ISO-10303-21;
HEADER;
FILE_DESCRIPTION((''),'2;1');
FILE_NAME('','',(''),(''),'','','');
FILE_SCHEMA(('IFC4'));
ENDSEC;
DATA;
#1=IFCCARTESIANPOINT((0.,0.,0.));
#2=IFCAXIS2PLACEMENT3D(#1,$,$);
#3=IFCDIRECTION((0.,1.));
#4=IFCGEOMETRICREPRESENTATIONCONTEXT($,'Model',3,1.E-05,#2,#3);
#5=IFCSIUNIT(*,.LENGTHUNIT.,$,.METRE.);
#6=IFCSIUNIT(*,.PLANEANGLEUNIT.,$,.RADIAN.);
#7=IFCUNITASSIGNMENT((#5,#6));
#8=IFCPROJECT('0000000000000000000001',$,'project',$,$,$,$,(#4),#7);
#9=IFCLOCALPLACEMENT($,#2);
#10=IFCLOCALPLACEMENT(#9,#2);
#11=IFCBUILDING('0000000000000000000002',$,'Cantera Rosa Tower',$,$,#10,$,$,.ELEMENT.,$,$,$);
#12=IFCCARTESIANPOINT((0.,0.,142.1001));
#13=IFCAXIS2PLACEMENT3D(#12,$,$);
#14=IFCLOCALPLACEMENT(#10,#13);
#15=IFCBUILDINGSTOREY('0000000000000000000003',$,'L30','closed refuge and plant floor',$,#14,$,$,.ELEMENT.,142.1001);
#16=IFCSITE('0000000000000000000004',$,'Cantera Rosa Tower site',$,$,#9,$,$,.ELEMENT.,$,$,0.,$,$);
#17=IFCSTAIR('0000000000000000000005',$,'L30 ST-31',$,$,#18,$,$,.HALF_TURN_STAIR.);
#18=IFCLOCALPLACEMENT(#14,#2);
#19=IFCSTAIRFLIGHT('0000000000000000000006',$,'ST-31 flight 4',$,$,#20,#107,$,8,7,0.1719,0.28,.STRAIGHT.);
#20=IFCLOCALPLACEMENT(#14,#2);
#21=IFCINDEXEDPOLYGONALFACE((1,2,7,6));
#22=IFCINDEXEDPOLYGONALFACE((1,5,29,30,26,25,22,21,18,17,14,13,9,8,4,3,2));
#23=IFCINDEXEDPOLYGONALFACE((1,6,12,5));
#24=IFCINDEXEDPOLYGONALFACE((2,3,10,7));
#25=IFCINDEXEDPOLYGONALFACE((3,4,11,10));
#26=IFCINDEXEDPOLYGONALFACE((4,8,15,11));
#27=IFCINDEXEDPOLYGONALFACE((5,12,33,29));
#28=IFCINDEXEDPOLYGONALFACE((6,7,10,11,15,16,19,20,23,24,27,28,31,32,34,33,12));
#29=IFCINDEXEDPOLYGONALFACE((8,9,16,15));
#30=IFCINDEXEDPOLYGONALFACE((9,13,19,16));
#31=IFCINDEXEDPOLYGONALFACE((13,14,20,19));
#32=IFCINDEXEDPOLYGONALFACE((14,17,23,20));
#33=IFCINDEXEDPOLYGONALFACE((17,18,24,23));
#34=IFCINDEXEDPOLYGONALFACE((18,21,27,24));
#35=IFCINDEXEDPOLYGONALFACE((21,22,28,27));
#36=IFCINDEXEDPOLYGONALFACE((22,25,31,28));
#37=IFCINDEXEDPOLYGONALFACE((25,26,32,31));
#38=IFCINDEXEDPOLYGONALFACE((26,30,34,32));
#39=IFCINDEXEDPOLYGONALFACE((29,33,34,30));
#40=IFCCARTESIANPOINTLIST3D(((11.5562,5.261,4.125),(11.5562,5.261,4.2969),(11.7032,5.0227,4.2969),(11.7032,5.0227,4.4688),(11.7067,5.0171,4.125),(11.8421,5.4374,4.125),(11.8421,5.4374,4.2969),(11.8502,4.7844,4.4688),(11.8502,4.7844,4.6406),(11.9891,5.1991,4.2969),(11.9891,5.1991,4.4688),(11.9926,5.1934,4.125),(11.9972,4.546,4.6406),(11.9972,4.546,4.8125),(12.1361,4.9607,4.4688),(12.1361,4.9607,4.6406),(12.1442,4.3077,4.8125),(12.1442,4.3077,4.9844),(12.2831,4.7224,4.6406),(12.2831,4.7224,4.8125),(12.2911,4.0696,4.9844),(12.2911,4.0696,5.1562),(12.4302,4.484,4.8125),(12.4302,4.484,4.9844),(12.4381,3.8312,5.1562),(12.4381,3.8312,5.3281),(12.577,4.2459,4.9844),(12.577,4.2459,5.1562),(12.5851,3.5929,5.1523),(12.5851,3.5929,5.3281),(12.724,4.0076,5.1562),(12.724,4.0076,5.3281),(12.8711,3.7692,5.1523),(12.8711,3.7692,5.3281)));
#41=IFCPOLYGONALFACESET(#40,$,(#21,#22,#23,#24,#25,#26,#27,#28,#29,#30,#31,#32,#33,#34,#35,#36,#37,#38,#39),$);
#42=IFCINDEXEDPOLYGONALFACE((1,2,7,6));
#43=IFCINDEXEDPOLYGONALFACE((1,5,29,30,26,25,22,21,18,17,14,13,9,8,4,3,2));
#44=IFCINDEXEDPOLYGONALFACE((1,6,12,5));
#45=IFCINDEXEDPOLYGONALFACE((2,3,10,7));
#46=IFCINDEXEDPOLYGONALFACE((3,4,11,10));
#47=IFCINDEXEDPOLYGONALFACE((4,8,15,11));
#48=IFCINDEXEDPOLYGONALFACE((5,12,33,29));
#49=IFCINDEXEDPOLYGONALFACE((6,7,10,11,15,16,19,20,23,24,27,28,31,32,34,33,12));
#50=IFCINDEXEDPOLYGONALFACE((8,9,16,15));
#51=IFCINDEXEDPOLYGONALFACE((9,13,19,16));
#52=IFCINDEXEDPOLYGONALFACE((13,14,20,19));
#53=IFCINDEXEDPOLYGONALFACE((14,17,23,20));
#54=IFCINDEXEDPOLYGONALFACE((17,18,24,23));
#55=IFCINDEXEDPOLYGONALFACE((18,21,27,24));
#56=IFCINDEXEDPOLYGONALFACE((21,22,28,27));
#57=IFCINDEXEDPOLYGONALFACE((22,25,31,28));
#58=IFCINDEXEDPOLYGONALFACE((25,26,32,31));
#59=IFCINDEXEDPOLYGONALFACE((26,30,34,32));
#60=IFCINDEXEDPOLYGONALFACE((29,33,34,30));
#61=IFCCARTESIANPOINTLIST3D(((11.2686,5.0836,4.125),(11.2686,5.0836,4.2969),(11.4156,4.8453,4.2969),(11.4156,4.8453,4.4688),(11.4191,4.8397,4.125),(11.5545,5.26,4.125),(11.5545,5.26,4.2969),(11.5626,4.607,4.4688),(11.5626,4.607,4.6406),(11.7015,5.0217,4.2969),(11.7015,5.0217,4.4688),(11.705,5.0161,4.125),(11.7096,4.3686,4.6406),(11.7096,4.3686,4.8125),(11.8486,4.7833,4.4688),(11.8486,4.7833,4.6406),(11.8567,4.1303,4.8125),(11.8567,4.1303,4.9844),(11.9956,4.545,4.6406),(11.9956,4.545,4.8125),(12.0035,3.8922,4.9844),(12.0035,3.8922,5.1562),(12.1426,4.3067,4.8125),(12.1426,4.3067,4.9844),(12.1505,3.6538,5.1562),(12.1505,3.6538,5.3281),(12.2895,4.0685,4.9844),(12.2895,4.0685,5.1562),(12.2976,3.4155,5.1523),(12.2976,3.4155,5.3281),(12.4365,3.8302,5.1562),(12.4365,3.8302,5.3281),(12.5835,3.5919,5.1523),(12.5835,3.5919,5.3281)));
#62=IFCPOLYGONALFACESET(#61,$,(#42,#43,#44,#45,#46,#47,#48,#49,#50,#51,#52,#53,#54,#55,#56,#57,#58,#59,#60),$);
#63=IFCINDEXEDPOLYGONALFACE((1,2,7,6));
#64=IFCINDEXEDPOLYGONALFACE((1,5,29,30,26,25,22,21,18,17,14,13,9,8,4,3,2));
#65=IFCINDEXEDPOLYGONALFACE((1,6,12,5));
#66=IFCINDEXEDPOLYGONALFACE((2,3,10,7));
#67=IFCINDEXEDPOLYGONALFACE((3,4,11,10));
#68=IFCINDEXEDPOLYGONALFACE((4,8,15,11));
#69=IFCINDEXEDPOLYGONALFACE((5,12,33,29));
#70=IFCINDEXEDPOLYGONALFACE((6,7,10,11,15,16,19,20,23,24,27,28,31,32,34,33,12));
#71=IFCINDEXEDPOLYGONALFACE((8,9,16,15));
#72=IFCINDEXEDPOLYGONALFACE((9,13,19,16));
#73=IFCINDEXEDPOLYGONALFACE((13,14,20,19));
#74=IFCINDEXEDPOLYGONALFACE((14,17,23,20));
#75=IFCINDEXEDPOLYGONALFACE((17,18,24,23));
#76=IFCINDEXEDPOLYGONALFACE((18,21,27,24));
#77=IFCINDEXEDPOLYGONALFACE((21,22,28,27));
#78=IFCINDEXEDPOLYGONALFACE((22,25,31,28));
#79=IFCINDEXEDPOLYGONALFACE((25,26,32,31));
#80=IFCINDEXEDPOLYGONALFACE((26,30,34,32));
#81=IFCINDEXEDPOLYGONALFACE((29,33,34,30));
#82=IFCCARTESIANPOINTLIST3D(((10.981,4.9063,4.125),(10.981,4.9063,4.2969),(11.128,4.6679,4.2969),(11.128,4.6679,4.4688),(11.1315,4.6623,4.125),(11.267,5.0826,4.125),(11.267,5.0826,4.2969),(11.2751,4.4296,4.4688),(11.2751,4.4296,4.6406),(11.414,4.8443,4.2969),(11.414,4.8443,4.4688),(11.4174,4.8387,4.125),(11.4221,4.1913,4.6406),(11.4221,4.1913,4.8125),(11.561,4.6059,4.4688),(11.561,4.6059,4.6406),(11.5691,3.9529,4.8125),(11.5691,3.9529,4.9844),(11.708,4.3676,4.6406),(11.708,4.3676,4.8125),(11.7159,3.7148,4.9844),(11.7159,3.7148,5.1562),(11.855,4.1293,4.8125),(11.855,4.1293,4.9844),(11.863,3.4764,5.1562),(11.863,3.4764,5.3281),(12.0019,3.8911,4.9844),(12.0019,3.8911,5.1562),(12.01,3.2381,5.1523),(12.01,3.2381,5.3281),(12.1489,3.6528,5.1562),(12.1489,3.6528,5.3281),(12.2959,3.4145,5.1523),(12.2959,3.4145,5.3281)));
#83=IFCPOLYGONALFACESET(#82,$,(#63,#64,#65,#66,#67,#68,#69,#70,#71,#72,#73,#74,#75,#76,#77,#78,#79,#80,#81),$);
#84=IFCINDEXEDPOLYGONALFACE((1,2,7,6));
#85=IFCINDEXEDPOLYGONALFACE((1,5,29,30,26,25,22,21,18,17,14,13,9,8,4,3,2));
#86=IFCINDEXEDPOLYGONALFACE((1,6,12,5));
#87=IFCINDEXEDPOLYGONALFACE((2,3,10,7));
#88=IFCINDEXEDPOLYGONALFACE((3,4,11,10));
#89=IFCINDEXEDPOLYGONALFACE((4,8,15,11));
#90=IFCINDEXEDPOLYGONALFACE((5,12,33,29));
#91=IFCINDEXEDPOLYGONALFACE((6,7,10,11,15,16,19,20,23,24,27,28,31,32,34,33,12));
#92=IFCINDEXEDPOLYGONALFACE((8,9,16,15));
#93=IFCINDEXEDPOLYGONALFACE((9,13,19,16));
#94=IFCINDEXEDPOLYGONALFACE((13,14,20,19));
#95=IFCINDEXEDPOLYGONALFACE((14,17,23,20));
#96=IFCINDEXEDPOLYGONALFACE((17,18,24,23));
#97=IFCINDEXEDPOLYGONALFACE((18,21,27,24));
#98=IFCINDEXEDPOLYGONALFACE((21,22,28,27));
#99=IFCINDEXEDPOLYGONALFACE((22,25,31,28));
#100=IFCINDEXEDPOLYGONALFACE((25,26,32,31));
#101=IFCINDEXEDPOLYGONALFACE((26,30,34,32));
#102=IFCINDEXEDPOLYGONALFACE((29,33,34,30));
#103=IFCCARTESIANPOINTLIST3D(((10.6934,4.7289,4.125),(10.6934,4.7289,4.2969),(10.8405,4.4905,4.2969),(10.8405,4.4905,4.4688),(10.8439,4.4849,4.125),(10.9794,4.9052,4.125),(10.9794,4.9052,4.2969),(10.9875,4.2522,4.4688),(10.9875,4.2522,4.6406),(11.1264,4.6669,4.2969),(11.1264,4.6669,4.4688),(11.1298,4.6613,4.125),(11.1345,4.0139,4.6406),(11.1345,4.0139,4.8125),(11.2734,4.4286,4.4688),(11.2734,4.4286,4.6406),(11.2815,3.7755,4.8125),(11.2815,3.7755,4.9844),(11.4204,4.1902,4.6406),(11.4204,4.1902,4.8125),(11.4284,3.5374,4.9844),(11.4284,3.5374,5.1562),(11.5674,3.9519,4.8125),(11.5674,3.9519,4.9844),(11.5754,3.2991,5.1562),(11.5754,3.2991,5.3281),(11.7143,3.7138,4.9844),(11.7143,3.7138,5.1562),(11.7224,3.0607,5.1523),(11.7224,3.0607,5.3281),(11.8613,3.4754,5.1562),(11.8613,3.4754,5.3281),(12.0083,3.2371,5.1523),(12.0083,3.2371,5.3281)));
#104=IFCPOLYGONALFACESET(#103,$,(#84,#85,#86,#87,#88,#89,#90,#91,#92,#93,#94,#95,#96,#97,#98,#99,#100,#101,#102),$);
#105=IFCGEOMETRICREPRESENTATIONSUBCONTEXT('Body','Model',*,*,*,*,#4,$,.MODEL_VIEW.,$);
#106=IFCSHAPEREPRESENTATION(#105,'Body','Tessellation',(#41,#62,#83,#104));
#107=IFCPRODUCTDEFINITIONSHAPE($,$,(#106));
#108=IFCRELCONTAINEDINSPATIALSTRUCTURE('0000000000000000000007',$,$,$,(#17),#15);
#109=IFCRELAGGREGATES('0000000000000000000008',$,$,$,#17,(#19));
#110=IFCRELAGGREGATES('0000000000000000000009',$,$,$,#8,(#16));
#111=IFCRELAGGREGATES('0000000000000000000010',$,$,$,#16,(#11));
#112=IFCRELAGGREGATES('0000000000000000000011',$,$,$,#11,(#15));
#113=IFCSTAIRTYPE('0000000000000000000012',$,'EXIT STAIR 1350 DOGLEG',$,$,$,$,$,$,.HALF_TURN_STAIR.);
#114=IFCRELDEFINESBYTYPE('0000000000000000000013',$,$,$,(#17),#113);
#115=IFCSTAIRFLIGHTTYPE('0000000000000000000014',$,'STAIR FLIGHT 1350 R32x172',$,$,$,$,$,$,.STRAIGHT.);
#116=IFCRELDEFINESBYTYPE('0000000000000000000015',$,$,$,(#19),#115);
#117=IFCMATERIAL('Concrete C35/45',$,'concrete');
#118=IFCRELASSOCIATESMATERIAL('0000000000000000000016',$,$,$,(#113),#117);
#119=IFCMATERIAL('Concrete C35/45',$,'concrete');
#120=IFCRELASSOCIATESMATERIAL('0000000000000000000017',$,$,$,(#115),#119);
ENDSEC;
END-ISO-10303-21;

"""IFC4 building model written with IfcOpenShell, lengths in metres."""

from ifc_helpers import new_model, si_unit, direction, frame, origin, place, context, subcontext, project, spatial, polyline, outline, extrude, material, type_object, element, aggregate, save


model = new_model("IFC4")

# Units and contexts
model_context = context("Model", 3, precision=1e-05, world=origin(), true_north=direction((0.0, 1.0)))
body_context = subcontext(model_context, "Body", "Model", "MODEL_VIEW")
ifc_project = project(units=[si_unit("LENGTHUNIT", "METRE"), si_unit("PLANEANGLEUNIT", "RADIAN")], contexts=[model_context])

# Site, building, storey
site_placement = place(None, origin())
site = spatial("IfcSite", under=ifc_project, at=site_placement, Name="Cantera Rosa Tower site", CompositionType="ELEMENT", RefElevation=0.0)
building_placement = place(site_placement, origin())
building = spatial("IfcBuilding", under=site, at=building_placement, Name="Cantera Rosa Tower", CompositionType="ELEMENT")
storey_placement = place(building_placement, frame((0.0, 0.0, 142.1001)))
storey = spatial("IfcBuildingStorey", under=building, at=storey_placement, Name="L30", Description="closed refuge and plant floor", CompositionType="ELEMENT", Elevation=142.1001)

# Stair, stair flight
ifc_material_1 = material(Name="Concrete C35/45", Category="concrete")
stair_type = type_object("IfcStairType", Name="EXIT STAIR 1350 DOGLEG", PredefinedType="HALF_TURN_STAIR", material=ifc_material_1)
stair_1_placement = place(storey_placement, origin())
stair_1 = element("IfcStair", 1, at=stair_1_placement, inside=storey, type_object=stair_type, Name="L30 ST-31", PredefinedType="HALF_TURN_STAIR")
ifc_material_2 = material(Name="Concrete C35/45", Category="concrete")
stair_flight_type = type_object("IfcStairFlightType", Name="STAIR FLIGHT 1350 R32x172", PredefinedType="STRAIGHT", material=ifc_material_2)
stair_flight_1_placement = place(storey_placement, frame((11.2676, 5.083, 4.125), z_axis=(0.0, 0.0, 1.0), x_axis=(0.524977, -0.851117, 0.0)))
stair_flight_1 = element("IfcStairFlight", 2, at=stair_flight_1_placement, type_object=stair_flight_type, Name="ST-31 flight 4", NumberOfRisers=8, NumberOfTreads=7, PredefinedType="STRAIGHT", RiserHeight=0.1719, TreadLength=0.28, context=body_context, shape_type="SweptSolid", body=[
    extrude(outline(polyline([(0.0, 0.0), (0.0, 0.1719), (0.28, 0.1719), (0.28, 0.3438), (0.5601, 0.3438), (0.5601, 0.5156), (0.8401, 0.5156), (0.8401, 0.6875), (1.1201, 0.6875), (1.1201, 0.8594), (1.3999, 0.8594), (1.3999, 1.0312), (1.6799, 1.0312), (1.6799, 1.2031), (1.96, 1.2031), (1.96, 1.375), (1.96, 1.0273), (0.2866, 0.0), (0.0, 0.0)])), frame((0.0, 0.675, 0.0), z_axis=(0.0, -1.0, 0.0), x_axis=(1.0, 0.0, 0.0)), (0.0, 0.0, 1.0), 0.3359),
    extrude(outline(polyline([(0.0, 0.0), (0.0, 0.1719), (0.28, 0.1719), (0.28, 0.3438), (0.5601, 0.3438), (0.5601, 0.5156), (0.8401, 0.5156), (0.8401, 0.6875), (1.1201, 0.6875), (1.1201, 0.8594), (1.3999, 0.8594), (1.3999, 1.0312), (1.6799, 1.0312), (1.6799, 1.2031), (1.96, 1.2031), (1.96, 1.375), (1.96, 1.0273), (0.2866, 0.0), (0.0, 0.0)])), frame((0.0, 0.3372, 0.0), z_axis=(0.0, -1.0, 0.0), x_axis=(1.0, 0.0, 0.0)), (0.0, 0.0, 1.0), 0.3359),
    extrude(outline(polyline([(0.0, 0.0), (0.0, 0.1719), (0.28, 0.1719), (0.28, 0.3438), (0.5601, 0.3438), (0.5601, 0.5156), (0.8401, 0.5156), (0.8401, 0.6875), (1.1201, 0.6875), (1.1201, 0.8594), (1.3999, 0.8594), (1.3999, 1.0312), (1.6799, 1.0312), (1.6799, 1.2031), (1.96, 1.2031), (1.96, 1.375), (1.96, 1.0273), (0.2866, 0.0), (0.0, 0.0)])), frame((0.0, -0.0007, 0.0), z_axis=(0.0, -1.0, 0.0), x_axis=(1.0, 0.0, 0.0)), (0.0, 0.0, 1.0), 0.3359),
    extrude(outline(polyline([(0.0, 0.0), (0.0, 0.1719), (0.28, 0.1719), (0.28, 0.3438), (0.5601, 0.3438), (0.5601, 0.5156), (0.8401, 0.5156), (0.8401, 0.6875), (1.1201, 0.6875), (1.1201, 0.8594), (1.3999, 0.8594), (1.3999, 1.0312), (1.6799, 1.0312), (1.6799, 1.2031), (1.96, 1.2031), (1.96, 1.375), (1.96, 1.0273), (0.2866, 0.0), (0.0, 0.0)])), frame((0.0, -0.3386, 0.0), z_axis=(0.0, -1.0, 0.0), x_axis=(1.0, 0.0, 0.0)), (0.0, 0.0, 1.0), 0.3359),
])
aggregate(stair_1, [stair_flight_1])

save(model, "model.ifc")
